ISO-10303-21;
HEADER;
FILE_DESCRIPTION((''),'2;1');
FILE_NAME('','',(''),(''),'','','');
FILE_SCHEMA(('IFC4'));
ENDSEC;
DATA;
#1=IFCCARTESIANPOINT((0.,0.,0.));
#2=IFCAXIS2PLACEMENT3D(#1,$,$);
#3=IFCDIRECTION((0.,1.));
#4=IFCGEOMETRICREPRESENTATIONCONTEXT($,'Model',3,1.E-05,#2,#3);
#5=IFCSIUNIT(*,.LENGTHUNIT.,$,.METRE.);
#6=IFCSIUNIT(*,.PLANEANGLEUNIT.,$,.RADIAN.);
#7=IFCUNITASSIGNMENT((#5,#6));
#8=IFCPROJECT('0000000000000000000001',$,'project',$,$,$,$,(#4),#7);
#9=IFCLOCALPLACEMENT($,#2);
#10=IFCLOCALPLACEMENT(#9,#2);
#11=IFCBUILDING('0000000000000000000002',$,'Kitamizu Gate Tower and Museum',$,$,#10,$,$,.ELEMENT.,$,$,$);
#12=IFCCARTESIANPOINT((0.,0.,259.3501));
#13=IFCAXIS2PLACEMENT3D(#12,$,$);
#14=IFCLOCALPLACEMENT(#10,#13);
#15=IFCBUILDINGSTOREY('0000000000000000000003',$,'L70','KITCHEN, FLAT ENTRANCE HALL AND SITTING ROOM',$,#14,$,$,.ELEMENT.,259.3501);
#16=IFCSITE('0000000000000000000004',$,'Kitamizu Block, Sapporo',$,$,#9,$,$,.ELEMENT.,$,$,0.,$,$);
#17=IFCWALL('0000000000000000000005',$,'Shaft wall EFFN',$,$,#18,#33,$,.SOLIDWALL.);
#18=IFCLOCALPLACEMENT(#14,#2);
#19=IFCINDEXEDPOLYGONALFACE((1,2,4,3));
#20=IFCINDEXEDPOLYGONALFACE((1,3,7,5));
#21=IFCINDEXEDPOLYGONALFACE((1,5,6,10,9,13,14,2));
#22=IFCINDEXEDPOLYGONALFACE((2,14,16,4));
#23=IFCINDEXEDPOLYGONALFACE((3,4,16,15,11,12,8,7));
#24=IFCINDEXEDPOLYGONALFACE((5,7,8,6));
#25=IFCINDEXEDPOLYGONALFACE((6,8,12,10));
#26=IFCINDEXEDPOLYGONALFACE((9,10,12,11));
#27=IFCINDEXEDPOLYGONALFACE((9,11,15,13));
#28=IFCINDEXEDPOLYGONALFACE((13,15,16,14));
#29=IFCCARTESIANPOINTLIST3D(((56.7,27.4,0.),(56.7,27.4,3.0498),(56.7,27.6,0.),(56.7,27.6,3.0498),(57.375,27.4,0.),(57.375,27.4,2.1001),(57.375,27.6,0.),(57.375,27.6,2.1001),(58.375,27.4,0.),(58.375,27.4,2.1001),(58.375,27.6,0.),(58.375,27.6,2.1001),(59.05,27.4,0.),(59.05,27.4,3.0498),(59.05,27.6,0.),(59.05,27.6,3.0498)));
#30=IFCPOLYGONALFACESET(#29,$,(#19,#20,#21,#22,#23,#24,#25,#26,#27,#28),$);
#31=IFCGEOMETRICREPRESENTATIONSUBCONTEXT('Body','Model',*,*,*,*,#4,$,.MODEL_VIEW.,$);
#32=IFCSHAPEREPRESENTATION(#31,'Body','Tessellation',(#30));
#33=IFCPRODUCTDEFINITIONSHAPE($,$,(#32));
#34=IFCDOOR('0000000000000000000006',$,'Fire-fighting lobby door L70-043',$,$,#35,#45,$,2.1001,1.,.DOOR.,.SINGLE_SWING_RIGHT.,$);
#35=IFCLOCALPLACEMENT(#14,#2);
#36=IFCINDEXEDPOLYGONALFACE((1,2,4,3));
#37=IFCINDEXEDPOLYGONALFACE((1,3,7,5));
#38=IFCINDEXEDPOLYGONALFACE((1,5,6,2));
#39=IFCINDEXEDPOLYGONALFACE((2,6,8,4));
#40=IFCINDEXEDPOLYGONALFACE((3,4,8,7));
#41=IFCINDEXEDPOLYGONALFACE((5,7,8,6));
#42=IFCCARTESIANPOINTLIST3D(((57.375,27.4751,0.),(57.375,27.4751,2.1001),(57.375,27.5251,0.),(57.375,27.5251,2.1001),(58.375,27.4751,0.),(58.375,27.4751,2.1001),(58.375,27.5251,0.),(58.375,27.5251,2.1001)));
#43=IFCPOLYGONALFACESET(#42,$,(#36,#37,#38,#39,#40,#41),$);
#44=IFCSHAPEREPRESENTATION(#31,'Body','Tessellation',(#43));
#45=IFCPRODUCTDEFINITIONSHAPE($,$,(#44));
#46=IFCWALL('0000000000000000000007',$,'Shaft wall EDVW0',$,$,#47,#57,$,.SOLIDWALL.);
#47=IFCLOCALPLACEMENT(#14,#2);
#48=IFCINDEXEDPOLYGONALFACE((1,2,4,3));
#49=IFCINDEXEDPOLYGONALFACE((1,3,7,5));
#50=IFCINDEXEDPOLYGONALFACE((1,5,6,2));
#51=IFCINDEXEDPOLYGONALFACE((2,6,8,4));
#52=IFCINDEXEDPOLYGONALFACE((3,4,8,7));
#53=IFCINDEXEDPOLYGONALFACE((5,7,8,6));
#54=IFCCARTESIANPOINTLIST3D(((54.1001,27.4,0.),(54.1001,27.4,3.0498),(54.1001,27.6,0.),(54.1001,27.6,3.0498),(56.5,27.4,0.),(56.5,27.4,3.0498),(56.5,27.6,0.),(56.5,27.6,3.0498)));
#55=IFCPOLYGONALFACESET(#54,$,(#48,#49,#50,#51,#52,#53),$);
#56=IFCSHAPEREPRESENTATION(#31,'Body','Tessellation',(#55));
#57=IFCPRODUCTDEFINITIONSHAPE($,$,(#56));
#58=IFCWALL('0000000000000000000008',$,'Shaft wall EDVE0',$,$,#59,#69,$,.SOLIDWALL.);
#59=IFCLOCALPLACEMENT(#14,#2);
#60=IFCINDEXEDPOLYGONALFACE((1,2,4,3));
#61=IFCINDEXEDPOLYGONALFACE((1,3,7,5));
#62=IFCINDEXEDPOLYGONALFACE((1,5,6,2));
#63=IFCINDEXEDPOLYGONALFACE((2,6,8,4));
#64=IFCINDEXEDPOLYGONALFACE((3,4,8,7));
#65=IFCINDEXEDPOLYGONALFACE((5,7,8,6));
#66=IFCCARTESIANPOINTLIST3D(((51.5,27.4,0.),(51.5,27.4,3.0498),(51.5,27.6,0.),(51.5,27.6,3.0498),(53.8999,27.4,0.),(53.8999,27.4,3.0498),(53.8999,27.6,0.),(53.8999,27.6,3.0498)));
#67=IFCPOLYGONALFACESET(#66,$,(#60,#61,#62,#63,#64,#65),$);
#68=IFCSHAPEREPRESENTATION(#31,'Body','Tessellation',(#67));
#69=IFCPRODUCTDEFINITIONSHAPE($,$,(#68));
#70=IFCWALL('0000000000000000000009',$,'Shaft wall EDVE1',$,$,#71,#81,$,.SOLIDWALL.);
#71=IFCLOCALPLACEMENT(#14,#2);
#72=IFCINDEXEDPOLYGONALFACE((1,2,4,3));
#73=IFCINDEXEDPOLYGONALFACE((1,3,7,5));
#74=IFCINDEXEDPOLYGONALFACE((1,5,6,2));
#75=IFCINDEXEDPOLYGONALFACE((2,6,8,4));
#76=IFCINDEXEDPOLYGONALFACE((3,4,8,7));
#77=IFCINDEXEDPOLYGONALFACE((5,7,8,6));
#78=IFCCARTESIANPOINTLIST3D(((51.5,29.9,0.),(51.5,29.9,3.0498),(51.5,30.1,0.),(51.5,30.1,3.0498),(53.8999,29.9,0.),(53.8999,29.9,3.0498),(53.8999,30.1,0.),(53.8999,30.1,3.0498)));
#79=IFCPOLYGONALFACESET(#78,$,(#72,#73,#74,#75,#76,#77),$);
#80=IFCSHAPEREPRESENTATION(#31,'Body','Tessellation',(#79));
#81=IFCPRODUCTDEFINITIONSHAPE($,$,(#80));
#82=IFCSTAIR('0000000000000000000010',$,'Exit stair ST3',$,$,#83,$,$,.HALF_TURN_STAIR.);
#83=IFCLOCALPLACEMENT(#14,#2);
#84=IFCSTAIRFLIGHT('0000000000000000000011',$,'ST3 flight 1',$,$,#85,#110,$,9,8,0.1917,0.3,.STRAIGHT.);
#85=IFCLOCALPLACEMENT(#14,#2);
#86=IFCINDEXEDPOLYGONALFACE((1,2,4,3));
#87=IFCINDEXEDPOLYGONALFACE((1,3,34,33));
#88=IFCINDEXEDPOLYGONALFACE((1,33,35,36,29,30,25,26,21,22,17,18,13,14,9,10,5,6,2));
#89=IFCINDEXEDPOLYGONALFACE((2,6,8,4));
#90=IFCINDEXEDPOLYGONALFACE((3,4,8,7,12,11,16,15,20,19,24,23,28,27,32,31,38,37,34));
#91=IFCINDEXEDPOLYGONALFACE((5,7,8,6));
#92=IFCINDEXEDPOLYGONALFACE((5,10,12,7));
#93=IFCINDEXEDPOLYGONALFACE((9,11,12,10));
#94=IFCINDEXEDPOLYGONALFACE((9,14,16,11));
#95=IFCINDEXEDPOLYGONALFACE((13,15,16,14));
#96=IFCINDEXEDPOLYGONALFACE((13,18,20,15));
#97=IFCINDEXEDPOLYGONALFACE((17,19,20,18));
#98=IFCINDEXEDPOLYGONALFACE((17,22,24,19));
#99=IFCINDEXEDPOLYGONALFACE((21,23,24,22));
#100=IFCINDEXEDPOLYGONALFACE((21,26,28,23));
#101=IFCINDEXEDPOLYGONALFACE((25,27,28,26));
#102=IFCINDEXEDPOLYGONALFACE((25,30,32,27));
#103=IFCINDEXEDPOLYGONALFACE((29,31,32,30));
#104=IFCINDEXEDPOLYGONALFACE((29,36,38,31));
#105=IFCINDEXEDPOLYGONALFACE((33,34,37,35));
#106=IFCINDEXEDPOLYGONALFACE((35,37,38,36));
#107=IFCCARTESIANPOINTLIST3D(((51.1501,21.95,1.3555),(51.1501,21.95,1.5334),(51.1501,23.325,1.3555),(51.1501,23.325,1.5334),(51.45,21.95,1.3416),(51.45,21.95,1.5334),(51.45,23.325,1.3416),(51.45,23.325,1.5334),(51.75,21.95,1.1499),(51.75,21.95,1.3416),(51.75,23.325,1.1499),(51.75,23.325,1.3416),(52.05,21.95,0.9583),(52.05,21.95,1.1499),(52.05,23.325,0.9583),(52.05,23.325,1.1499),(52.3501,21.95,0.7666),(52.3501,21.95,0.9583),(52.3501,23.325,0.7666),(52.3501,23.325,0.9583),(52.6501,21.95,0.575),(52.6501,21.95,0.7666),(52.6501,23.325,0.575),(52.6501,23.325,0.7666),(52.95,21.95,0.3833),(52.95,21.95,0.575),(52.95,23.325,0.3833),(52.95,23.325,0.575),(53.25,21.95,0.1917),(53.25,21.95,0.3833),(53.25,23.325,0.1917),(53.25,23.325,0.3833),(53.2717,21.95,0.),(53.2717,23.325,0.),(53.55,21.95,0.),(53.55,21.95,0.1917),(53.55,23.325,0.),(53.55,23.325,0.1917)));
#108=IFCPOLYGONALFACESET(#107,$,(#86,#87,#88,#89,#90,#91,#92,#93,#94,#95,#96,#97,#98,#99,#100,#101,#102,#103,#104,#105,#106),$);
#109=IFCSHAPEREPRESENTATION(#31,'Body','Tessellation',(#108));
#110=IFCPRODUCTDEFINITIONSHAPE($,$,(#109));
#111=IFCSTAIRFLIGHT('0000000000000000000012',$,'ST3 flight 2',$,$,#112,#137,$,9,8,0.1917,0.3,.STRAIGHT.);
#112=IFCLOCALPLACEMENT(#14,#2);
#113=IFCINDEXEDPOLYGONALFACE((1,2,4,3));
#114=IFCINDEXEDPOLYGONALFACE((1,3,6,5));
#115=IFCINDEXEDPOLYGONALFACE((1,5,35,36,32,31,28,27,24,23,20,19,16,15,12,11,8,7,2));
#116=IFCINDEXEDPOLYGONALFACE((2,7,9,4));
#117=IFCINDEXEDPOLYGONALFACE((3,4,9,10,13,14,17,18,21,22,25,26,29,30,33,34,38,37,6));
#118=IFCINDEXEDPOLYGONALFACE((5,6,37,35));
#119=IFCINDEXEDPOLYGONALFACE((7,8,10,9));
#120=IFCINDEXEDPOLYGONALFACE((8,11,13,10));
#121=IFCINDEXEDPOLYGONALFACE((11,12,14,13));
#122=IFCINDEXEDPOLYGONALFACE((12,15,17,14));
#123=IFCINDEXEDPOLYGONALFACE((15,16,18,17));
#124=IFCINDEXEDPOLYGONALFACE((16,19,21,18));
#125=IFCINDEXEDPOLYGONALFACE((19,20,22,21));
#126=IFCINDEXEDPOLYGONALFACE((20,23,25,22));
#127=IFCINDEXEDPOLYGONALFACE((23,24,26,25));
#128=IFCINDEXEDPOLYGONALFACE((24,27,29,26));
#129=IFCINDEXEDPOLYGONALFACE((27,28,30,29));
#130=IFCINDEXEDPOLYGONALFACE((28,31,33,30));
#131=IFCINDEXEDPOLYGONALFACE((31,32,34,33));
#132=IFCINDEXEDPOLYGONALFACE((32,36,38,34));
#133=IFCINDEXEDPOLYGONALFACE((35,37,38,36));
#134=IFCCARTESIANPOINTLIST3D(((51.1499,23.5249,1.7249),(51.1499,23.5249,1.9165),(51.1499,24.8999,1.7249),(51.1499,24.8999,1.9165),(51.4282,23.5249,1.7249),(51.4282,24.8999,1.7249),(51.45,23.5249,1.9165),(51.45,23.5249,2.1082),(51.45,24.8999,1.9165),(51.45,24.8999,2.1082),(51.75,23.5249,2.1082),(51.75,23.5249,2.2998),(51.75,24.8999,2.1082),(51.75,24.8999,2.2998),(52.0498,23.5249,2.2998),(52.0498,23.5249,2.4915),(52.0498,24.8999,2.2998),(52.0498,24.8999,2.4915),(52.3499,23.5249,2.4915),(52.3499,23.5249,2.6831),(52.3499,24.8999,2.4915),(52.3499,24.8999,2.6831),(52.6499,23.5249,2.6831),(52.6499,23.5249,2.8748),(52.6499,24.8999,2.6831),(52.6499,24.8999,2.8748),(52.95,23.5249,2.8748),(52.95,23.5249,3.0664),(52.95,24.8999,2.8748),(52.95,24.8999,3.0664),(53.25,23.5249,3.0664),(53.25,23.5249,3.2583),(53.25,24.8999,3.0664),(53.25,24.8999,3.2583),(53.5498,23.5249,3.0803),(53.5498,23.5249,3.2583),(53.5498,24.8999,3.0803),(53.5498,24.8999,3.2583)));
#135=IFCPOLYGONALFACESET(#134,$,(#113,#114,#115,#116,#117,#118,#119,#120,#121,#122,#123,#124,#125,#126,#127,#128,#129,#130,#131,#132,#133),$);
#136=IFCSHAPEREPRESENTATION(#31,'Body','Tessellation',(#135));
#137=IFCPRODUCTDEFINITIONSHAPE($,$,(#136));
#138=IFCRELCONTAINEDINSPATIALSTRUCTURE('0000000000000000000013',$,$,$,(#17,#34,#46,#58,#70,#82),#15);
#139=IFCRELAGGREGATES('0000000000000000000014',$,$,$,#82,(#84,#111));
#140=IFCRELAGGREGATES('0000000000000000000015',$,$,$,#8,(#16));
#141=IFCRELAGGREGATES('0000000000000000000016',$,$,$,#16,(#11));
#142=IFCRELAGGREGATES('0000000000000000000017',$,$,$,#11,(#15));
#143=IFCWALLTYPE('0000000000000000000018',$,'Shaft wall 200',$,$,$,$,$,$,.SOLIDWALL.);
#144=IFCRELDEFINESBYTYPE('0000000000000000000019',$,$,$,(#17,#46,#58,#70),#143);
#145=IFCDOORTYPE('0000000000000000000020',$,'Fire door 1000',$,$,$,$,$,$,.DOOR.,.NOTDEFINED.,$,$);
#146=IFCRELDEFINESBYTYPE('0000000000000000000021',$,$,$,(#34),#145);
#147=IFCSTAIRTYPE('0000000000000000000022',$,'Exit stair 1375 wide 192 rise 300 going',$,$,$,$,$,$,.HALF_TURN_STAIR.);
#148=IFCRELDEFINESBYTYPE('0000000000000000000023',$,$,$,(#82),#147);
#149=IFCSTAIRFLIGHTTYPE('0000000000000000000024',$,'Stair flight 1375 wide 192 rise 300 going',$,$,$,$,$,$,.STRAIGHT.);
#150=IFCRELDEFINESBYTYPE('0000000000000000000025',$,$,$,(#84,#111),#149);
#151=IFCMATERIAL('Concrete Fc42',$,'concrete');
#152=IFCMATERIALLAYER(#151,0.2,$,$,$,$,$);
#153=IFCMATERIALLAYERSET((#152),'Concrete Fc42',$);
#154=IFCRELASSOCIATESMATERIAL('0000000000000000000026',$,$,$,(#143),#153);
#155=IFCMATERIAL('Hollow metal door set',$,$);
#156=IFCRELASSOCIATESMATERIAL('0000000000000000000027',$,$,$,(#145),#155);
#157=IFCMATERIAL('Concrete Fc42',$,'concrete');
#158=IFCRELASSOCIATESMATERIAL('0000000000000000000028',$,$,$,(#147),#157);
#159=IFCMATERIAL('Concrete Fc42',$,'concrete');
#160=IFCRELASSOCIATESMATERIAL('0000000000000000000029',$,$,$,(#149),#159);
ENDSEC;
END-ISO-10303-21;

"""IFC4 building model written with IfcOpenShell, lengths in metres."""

from ifc_helpers import new_model, si_unit, direction, frame, frame_2d, origin, place, context, subcontext, project, spatial, polyline, rectangle, outline, extrude, material, layer, layer_set, type_object, element, fill, aggregate, save


model = new_model("IFC4")

# Units and contexts
model_context = context("Model", 3, precision=1e-05, world=origin(), true_north=direction((0.0, 1.0)))
body_context = subcontext(model_context, "Body", "Model", "MODEL_VIEW")
ifc_project = project(units=[si_unit("LENGTHUNIT", "METRE"), si_unit("PLANEANGLEUNIT", "RADIAN")], contexts=[model_context])

# Site, building, storey
site_placement = place(None, origin())
site = spatial("IfcSite", under=ifc_project, at=site_placement, Name="Kitamizu Block, Sapporo", CompositionType="ELEMENT", RefElevation=0.0)
building_placement = place(site_placement, origin())
building = spatial("IfcBuilding", under=site, at=building_placement, Name="Kitamizu Gate Tower and Museum", CompositionType="ELEMENT")
storey_placement = place(building_placement, frame((0.0, 0.0, 259.3501)))
storey = spatial("IfcBuildingStorey", under=building, at=storey_placement, Name="L70", Description="KITCHEN, FLAT ENTRANCE HALL AND SITTING ROOM", CompositionType="ELEMENT", Elevation=259.3501)

# Shared definitions
ifc_material_1 = material(Name="Concrete Fc42", Category="concrete")
ifc_layer_1 = layer(ifc_material_1, 0.2)
ifc_layer_set_1 = layer_set([ifc_layer_1], Name="Concrete Fc42")
wall_type_1 = type_object("IfcWallType", Name="Shaft wall 200", PredefinedType="SOLIDWALL", material=ifc_layer_set_1)
ifc_material_2 = material(Name="Hollow metal door set")
door_type_1 = type_object("IfcDoorType", Name="Fire door 1000", OperationType="NOTDEFINED", PredefinedType="DOOR", material=ifc_material_2)

# Wall, opening, door
wall_1_placement = place(storey_placement, frame((59.05, 27.5, 0.0), z_axis=(0.0, 0.0, 1.0), x_axis=(-1.0, 0.0, 0.0)))
wall_1 = element("IfcWall", 1, at=wall_1_placement, inside=storey, type_object=wall_type_1, Name="Shaft wall EFFN", PredefinedType="SOLIDWALL", context=body_context, shape_type="SweptSolid", body=[
    extrude(rectangle(XDim=2.3501, YDim=0.2, at=frame_2d((1.175, 0.0))), origin(), (0.0, 0.0, 1.0), 3.0498),
])
opening_1_placement = place(wall_1_placement, frame((0.675, 0.0, 0.0)))
opening_1 = element("IfcOpeningElement", 2, at=opening_1_placement, cuts=wall_1, PredefinedType="OPENING", context=body_context, shape_type="SweptSolid", body=[
    extrude(rectangle(XDim=1.0, YDim=2.1001, at=frame_2d((0.5, 1.05))), frame((0.0, 0.1099, 0.0), z_axis=(0.0, -1.0, 0.0), x_axis=(1.0, 0.0, 0.0)), (0.0, 0.0, 1.0), 0.22),
])
door_1_placement = place(opening_1_placement, origin())
door_1 = element("IfcDoor", 3, at=door_1_placement, inside=storey, type_object=door_type_1, Name="Fire-fighting lobby door L70-043", OperationType="SINGLE_SWING_RIGHT", OverallHeight=2.1001, OverallWidth=1.0, PredefinedType="DOOR", context=body_context, shape_type="SweptSolid", body=[
    extrude(rectangle(XDim=1.0, YDim=2.1001, at=frame_2d((0.5, 1.05))), frame((0.0, 0.0249, 0.0), z_axis=(0.0, -1.0, 0.0), x_axis=(1.0, 0.0, 0.0)), (0.0, 0.0, 1.0), 0.05),
])
fill(opening_1, door_1)

# Walls
for number, where, z_axis, x_axis, name in (
    (4, (56.5, 27.5, 0.0), (0.0, 0.0, 1.0), (-1.0, 0.0, 0.0), "Shaft wall EDVW0"),
    (5, (53.8999, 27.5, 0.0), (0.0, 0.0, 1.0), (-1.0, 0.0, 0.0), "Shaft wall EDVE0"),
    (6, (53.8999, 30.0, 0.0), (0.0, 0.0, 1.0), (-1.0, 0.0, 0.0), "Shaft wall EDVE1"),
):
    element("IfcWall", number, at=place(storey_placement, frame(where, z_axis=z_axis, x_axis=x_axis)), inside=storey, type_object=wall_type_1, Name=name, PredefinedType="SOLIDWALL", context=body_context, shape_type="SweptSolid", body=[
        extrude(rectangle(XDim=2.3999, YDim=0.2, at=frame_2d((1.2, 0.0))), origin(), (0.0, 0.0, 1.0), 3.0498),
    ])

# Stair, stair flights
ifc_material_3 = material(Name="Concrete Fc42", Category="concrete")
stair_type = type_object("IfcStairType", Name="Exit stair 1375 wide 192 rise 300 going", PredefinedType="HALF_TURN_STAIR", material=ifc_material_3)
stair_placement = place(storey_placement, origin())
stair = element("IfcStair", 7, at=stair_placement, inside=storey, type_object=stair_type, Name="Exit stair ST3", PredefinedType="HALF_TURN_STAIR")
ifc_material_4 = material(Name="Concrete Fc42", Category="concrete")
stair_flight_type = type_object("IfcStairFlightType", Name="Stair flight 1375 wide 192 rise 300 going", PredefinedType="STRAIGHT", material=ifc_material_4)
stair_flight_1_placement = place(storey_placement, frame((53.55, 22.6375, 0.0), z_axis=(0.0, 0.0, 1.0), x_axis=(-1.0, 0.0, 0.0)))
stair_flight_1 = element("IfcStairFlight", 8, at=stair_flight_1_placement, type_object=stair_flight_type, Name="ST3 flight 1", NumberOfRisers=9, NumberOfTreads=8, PredefinedType="STRAIGHT", RiserHeight=0.1917, TreadLength=0.3, context=body_context, shape_type="SweptSolid", body=[
    extrude(outline(polyline([(0.0, 0.0), (0.0, 0.1917), (0.3, 0.1917), (0.3, 0.3833), (0.6001, 0.3833), (0.6001, 0.575), (0.8999, 0.575), (0.8999, 0.7666), (1.2, 0.7666), (1.2, 0.9583), (1.5, 0.9583), (1.5, 1.1499), (1.8, 1.1499), (1.8, 1.3416), (2.1001, 1.3416), (2.1001, 1.5334), (2.3999, 1.5334), (2.3999, 1.7251), (2.3999, 1.3555), (0.2783, 0.0), (0.0, 0.0)])), frame((0.0, 0.6875, 0.0), z_axis=(0.0, -1.0, 0.0), x_axis=(1.0, 0.0, 0.0)), (0.0, 0.0, 1.0), 1.375),
])
stair_flight_2_placement = place(storey_placement, frame((51.1499, 24.2124, 1.7249), z_axis=(0.0, 0.0, 1.0), x_axis=(1.0, 0.0, 0.0)))
stair_flight_2 = element("IfcStairFlight", 9, at=stair_flight_2_placement, type_object=stair_flight_type, Name="ST3 flight 2", NumberOfRisers=9, NumberOfTreads=8, PredefinedType="STRAIGHT", RiserHeight=0.1917, TreadLength=0.3, context=body_context, shape_type="SweptSolid", body=[
    extrude(outline(polyline([(0.0, 0.0), (0.0, 0.1917), (0.3, 0.1917), (0.3, 0.3833), (0.6001, 0.3833), (0.6001, 0.575), (0.8999, 0.575), (0.8999, 0.7666), (1.2, 0.7666), (1.2, 0.9583), (1.5, 0.9583), (1.5, 1.1499), (1.8, 1.1499), (1.8, 1.3416), (2.1001, 1.3416), (2.1001, 1.5334), (2.3999, 1.5334), (2.3999, 1.7251), (2.3999, 1.3555), (0.2783, 0.0), (0.0, 0.0)])), frame((0.0, 0.6875, 0.0), z_axis=(0.0, -1.0, 0.0), x_axis=(1.0, 0.0, 0.0)), (0.0, 0.0, 1.0), 1.375),
])
aggregate(stair, [stair_flight_1, stair_flight_2])

save(model, "model.ifc")
